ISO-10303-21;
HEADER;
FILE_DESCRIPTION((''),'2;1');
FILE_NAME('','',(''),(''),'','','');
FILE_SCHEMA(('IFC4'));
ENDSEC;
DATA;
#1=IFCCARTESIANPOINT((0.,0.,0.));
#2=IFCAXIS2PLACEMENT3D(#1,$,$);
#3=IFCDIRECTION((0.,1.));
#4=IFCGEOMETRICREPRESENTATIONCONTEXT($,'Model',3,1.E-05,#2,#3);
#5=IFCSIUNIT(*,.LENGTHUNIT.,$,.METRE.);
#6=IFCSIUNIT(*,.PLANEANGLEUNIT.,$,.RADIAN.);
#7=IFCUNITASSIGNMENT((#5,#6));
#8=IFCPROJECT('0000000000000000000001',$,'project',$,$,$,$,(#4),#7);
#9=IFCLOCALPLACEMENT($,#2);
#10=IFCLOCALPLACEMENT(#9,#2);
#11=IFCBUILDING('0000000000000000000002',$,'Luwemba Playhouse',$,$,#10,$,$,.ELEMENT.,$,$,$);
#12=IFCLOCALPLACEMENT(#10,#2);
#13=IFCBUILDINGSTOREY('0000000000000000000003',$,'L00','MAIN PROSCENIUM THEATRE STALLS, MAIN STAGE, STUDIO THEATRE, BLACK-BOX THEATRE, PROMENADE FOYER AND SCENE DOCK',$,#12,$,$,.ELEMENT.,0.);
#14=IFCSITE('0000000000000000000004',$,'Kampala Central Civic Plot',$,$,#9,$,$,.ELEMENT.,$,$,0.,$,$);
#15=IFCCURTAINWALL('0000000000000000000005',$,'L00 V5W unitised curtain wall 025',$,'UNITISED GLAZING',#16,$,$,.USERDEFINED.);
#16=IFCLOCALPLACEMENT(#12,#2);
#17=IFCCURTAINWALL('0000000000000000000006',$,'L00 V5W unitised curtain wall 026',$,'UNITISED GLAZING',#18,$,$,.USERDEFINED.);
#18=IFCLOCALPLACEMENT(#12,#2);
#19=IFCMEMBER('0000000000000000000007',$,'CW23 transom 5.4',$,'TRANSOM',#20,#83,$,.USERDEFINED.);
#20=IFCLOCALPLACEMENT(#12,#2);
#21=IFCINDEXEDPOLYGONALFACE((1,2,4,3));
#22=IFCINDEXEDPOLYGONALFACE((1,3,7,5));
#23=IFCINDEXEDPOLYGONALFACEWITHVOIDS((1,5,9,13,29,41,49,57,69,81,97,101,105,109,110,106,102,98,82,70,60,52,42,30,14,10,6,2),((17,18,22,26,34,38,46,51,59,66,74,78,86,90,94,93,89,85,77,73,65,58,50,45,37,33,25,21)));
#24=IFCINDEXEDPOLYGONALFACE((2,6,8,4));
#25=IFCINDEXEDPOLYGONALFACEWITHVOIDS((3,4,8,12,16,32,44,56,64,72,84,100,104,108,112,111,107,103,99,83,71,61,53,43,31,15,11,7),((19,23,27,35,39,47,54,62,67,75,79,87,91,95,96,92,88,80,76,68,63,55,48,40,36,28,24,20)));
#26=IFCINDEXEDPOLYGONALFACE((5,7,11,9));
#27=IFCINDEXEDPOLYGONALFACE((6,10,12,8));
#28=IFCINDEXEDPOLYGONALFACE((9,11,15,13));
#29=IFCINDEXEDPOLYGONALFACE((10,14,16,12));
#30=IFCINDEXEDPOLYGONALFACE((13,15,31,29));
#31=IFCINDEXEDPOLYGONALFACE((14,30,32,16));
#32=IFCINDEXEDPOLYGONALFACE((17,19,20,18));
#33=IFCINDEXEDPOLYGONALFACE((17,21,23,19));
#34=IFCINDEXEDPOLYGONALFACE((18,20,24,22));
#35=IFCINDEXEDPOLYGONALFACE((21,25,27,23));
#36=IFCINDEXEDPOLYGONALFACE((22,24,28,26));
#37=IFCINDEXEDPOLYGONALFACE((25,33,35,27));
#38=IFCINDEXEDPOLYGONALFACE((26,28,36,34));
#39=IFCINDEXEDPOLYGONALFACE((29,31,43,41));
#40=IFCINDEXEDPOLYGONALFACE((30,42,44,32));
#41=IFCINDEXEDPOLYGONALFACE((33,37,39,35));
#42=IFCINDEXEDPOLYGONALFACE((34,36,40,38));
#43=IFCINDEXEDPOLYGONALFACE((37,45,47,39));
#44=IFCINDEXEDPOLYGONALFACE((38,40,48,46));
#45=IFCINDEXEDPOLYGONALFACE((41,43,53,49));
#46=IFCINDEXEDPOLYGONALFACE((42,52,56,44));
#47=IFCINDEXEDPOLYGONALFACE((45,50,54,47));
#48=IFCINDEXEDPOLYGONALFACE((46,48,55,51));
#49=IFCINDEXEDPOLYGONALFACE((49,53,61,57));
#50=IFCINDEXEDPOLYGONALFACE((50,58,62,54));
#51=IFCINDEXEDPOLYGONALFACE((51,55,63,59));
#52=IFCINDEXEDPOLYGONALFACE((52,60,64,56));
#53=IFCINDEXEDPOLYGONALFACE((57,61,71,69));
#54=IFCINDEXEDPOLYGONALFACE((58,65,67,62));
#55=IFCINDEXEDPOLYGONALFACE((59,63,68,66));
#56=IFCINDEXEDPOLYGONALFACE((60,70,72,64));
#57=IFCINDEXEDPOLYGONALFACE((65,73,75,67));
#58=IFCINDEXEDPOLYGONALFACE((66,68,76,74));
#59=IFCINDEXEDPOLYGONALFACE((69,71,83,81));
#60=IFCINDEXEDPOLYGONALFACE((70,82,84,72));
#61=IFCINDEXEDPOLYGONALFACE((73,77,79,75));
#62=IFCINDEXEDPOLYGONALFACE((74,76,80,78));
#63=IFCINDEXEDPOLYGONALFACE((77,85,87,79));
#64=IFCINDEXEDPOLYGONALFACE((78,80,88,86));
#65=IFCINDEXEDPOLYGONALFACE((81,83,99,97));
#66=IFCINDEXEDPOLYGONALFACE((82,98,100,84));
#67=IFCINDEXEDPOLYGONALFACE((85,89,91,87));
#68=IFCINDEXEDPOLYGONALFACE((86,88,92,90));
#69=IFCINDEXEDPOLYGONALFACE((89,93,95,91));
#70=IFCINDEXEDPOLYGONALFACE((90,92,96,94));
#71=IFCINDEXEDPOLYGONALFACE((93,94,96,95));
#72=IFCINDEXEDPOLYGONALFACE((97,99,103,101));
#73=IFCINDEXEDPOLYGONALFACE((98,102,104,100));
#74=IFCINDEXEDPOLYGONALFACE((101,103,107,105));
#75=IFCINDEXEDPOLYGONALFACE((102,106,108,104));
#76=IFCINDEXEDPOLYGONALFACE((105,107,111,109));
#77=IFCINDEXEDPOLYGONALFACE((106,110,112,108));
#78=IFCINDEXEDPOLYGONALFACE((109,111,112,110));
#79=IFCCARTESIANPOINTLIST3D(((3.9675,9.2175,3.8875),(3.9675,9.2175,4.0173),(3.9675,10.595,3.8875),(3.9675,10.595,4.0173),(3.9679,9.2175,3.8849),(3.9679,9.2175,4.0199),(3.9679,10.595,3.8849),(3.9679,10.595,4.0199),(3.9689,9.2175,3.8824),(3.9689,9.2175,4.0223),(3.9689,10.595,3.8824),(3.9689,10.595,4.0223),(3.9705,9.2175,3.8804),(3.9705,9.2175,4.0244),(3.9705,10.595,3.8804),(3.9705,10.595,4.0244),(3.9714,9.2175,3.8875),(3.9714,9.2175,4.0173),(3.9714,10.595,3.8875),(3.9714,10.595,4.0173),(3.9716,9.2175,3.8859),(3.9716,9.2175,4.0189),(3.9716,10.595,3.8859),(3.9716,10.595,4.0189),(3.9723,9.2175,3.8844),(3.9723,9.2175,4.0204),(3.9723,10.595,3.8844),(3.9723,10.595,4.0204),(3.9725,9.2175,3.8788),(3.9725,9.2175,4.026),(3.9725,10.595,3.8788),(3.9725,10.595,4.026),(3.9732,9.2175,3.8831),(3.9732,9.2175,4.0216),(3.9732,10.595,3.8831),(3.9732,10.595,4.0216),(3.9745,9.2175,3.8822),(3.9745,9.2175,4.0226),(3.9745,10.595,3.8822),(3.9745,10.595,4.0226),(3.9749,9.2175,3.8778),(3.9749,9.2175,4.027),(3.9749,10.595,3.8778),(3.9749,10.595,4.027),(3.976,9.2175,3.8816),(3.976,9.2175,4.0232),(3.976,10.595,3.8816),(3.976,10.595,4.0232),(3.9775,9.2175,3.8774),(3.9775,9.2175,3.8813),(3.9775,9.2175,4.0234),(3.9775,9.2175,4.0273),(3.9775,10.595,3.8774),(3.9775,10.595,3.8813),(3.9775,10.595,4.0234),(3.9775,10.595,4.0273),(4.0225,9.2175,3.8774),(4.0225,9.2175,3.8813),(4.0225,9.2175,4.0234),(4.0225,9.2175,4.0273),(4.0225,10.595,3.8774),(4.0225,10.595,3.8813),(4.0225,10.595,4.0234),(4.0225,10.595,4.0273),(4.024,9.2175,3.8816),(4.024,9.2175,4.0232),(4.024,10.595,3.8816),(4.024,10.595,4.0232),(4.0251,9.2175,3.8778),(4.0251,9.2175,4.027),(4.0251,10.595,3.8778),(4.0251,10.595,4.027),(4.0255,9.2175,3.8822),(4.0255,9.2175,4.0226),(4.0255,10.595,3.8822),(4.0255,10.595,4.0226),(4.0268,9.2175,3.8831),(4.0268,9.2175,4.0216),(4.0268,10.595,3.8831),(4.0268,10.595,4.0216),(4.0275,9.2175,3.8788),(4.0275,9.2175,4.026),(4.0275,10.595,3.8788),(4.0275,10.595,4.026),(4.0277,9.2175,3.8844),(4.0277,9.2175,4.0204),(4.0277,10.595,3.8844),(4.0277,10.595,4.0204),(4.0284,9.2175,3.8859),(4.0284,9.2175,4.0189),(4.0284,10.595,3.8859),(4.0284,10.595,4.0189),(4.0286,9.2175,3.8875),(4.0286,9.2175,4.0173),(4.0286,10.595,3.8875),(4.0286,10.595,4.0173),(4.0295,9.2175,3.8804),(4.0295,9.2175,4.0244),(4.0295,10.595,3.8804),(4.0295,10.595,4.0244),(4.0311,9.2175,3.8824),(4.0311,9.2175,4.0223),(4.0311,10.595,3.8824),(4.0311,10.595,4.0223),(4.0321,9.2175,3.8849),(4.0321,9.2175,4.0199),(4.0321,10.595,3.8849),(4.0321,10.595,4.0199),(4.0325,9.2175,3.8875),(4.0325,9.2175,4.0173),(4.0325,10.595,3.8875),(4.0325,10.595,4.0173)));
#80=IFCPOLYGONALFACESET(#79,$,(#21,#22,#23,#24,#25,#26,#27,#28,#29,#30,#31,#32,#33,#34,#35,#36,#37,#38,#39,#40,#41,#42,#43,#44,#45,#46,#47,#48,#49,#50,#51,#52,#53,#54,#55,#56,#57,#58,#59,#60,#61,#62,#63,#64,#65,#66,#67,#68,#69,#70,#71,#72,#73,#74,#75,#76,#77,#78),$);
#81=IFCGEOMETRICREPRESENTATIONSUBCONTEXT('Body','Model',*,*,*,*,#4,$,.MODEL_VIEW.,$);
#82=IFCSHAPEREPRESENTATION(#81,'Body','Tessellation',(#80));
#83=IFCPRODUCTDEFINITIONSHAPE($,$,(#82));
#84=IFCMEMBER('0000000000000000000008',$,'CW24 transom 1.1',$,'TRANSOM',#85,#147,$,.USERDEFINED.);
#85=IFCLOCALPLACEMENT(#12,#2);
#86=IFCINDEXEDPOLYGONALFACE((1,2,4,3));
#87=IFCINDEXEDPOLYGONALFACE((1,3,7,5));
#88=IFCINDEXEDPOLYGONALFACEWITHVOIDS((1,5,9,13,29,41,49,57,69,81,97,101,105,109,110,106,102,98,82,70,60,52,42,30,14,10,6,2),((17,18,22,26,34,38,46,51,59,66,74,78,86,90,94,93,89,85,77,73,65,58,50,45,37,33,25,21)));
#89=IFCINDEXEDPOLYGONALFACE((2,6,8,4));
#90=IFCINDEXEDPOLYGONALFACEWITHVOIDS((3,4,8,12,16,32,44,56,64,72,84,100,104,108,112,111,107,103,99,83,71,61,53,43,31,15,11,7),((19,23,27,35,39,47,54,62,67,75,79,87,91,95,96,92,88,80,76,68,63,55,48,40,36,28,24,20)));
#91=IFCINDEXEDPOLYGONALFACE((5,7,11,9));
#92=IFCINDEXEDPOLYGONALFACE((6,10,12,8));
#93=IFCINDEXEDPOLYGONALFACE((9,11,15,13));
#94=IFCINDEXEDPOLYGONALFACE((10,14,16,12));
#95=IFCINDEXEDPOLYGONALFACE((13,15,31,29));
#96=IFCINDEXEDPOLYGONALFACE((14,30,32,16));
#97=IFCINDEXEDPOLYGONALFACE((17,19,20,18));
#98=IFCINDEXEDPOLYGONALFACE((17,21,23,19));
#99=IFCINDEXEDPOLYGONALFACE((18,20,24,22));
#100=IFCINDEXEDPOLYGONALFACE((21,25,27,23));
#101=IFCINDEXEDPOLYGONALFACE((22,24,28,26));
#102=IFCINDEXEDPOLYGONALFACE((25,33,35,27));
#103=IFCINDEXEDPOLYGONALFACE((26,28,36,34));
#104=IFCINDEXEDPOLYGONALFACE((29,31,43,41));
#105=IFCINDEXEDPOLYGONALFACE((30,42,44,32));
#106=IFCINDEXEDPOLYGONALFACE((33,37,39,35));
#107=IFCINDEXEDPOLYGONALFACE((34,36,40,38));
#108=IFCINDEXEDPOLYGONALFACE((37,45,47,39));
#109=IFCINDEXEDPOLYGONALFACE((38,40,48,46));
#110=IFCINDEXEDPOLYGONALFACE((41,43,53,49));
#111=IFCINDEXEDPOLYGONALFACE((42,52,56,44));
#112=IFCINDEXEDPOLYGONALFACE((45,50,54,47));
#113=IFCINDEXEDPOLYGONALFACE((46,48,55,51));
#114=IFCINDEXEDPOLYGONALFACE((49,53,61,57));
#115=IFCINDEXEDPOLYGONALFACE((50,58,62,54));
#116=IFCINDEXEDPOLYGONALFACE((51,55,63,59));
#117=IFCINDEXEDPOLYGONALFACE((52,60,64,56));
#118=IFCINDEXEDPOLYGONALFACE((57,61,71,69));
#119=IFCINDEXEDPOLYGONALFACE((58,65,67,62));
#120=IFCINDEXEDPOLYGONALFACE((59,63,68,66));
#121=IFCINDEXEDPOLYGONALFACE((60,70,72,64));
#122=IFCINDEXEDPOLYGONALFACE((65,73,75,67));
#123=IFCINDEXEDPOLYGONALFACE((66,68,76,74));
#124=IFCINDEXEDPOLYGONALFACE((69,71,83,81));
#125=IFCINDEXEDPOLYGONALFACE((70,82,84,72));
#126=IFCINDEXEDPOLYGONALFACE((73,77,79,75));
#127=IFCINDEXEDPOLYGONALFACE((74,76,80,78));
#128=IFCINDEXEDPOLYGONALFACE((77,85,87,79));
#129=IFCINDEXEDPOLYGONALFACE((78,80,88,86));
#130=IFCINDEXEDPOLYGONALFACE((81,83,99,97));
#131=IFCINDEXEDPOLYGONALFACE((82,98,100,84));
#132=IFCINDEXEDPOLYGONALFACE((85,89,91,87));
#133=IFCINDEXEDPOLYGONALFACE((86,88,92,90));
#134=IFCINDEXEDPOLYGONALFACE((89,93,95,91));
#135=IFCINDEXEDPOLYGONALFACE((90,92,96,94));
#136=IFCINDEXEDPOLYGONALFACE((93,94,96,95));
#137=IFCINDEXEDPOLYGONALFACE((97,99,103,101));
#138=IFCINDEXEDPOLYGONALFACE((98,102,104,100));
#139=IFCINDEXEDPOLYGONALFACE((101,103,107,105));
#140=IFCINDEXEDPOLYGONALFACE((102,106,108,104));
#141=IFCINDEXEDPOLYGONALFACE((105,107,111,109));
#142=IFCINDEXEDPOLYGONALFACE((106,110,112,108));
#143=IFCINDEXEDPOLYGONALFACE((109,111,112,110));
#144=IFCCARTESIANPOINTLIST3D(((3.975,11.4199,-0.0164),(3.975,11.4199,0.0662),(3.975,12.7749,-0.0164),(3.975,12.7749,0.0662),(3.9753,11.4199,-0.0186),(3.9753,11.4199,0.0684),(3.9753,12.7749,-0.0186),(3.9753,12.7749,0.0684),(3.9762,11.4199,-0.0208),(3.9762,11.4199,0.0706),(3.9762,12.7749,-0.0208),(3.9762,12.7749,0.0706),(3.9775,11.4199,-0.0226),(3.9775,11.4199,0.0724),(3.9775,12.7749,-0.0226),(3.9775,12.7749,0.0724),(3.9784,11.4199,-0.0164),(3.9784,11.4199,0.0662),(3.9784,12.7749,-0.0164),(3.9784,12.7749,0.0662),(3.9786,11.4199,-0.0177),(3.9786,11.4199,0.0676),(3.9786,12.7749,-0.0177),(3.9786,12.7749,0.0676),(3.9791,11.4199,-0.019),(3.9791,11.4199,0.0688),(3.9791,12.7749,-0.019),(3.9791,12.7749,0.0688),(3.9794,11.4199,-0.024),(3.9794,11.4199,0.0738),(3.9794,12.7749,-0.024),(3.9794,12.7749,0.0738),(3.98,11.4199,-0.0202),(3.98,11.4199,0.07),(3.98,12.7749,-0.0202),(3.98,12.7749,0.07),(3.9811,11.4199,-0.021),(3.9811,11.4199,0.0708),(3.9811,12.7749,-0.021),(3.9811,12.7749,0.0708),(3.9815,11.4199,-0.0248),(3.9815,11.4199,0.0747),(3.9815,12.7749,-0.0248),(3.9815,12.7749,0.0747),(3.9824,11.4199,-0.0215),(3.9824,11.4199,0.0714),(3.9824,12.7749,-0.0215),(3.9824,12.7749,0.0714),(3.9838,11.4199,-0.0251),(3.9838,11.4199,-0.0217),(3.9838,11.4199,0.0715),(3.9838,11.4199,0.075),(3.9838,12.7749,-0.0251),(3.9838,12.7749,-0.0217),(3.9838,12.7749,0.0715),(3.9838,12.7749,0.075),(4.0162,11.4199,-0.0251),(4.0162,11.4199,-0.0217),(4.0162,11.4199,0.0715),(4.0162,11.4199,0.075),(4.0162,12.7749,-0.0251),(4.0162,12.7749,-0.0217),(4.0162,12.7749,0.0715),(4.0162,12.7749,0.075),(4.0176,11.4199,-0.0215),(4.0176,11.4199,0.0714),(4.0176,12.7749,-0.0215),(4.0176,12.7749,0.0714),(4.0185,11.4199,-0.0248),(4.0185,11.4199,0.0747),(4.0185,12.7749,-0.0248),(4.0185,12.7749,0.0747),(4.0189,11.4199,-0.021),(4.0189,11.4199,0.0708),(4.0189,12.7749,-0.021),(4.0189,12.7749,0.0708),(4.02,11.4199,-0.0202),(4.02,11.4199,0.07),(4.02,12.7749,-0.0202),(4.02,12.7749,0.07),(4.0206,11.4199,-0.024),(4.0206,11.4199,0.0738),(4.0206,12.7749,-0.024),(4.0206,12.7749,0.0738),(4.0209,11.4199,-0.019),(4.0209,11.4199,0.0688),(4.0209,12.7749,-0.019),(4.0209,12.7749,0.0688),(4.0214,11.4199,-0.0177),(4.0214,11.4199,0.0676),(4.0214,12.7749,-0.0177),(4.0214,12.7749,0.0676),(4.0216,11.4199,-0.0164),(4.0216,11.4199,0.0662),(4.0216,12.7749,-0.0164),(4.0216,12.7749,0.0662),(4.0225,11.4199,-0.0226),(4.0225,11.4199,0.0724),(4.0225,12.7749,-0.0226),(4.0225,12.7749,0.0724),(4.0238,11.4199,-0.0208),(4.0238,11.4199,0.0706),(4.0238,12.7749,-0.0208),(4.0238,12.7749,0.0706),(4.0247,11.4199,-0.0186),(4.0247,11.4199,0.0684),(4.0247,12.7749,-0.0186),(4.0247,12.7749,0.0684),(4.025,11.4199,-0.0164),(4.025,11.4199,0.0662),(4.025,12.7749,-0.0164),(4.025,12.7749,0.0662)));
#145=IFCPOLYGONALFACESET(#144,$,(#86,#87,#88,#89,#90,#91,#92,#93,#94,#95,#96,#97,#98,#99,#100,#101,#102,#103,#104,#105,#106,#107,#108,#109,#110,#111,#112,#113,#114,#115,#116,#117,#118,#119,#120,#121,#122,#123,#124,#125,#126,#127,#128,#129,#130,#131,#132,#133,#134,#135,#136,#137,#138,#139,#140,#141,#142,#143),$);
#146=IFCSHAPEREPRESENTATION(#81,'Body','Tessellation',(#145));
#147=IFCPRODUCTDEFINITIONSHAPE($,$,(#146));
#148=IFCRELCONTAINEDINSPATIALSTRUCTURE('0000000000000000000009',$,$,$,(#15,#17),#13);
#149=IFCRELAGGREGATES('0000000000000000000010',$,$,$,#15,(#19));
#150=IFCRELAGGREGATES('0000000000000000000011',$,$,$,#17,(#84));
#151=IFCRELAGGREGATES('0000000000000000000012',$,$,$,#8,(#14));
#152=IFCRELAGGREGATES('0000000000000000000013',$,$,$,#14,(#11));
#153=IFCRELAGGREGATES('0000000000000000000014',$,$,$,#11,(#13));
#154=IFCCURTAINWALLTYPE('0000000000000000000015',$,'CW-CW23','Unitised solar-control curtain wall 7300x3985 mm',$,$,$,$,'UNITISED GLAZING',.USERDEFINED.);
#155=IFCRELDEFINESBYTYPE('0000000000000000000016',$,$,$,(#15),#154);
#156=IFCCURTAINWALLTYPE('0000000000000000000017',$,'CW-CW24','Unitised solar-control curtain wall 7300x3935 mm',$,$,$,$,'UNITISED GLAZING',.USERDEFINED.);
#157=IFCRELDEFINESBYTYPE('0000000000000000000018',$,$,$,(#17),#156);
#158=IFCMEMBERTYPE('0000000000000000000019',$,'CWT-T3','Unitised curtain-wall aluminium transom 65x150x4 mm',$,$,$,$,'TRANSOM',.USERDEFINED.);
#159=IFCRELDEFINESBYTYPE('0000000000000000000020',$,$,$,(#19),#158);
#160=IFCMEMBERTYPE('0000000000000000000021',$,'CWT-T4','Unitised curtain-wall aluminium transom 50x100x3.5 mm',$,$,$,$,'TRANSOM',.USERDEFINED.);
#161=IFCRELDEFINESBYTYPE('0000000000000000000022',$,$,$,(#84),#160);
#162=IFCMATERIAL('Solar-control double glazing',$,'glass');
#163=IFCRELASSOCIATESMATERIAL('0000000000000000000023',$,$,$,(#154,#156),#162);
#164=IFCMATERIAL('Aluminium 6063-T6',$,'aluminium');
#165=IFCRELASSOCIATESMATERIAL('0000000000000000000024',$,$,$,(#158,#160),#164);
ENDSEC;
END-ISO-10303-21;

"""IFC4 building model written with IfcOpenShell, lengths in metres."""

from ifc_helpers import new_model, si_unit, direction, frame, origin, origin_2d, place, context, subcontext, project, spatial, hollow_rectangle, extrude, material, material_profile, profile_set, type_object, element, aggregate, save


model = new_model("IFC4")

# Units and contexts
model_context = context("Model", 3, precision=1e-05, world=origin(), true_north=direction((0.0, 1.0)))
body_context = subcontext(model_context, "Body", "Model", "MODEL_VIEW")
ifc_project = project(units=[si_unit("LENGTHUNIT", "METRE"), si_unit("PLANEANGLEUNIT", "RADIAN")], contexts=[model_context])

# Site, building, storey
site_placement = place(None, origin())
site = spatial("IfcSite", under=ifc_project, at=site_placement, Name="Kampala Central Civic Plot", CompositionType="ELEMENT", RefElevation=0.0)
building_placement = place(site_placement, origin())
building = spatial("IfcBuilding", under=site, at=building_placement, Name="Luwemba Playhouse", CompositionType="ELEMENT")
storey_placement = place(building_placement, origin())
storey = spatial("IfcBuildingStorey", under=building, at=storey_placement, Name="L00", Description="MAIN PROSCENIUM THEATRE STALLS, MAIN STAGE, STUDIO THEATRE, BLACK-BOX THEATRE, PROMENADE FOYER AND SCENE DOCK", CompositionType="ELEMENT", Elevation=0.0)

# Curtain walls
ifc_material_1 = material(Name="Solar-control double glazing", Category="glass")
curtain_wall_type_1 = type_object("IfcCurtainWallType", Name="CW-CW23", Description="Unitised solar-control curtain wall 7300x3985 mm", ElementType="UNITISED GLAZING", PredefinedType="USERDEFINED", material=ifc_material_1)
curtain_wall_1_placement = place(storey_placement, origin())
curtain_wall_1 = element("IfcCurtainWall", 1, at=curtain_wall_1_placement, inside=storey, type_object=curtain_wall_type_1, Name="L00 V5W unitised curtain wall 025", ObjectType="UNITISED GLAZING", PredefinedType="USERDEFINED")
ifc_material_2 = material(Name="Aluminium 6063-T6", Category="aluminium")
curtain_wall_type_2 = type_object("IfcCurtainWallType", Name="CW-CW24", Description="Unitised solar-control curtain wall 7300x3935 mm", ElementType="UNITISED GLAZING", PredefinedType="USERDEFINED", material=ifc_material_1)
curtain_wall_2_placement = place(storey_placement, origin())
curtain_wall_2 = element("IfcCurtainWall", 2, at=curtain_wall_2_placement, inside=storey, type_object=curtain_wall_type_2, Name="L00 V5W unitised curtain wall 026", ObjectType="UNITISED GLAZING", PredefinedType="USERDEFINED")

# Members
ifc_material_profile_1 = material_profile(ifc_material_2, hollow_rectangle(XDim=0.0649, YDim=0.1499, WallThickness=0.0039, InnerFilletRadius=0.0061, OuterFilletRadius=0.01, at=origin_2d()))
ifc_profile_set_1 = profile_set([ifc_material_profile_1], Name="Aluminium 6063-T6")
member_type_1 = type_object("IfcMemberType", Name="CWT-T3", Description="Unitised curtain-wall aluminium transom 65x150x4 mm", ElementType="TRANSOM", PredefinedType="USERDEFINED", material=ifc_profile_set_1)
member_1_placement = place(storey_placement, frame((4.0, 9.2175, 3.9524), z_axis=(0.0, 1.0, 0.0), x_axis=(-1.0, 0.0, 0.0)))
member_1 = element("IfcMember", 3, at=member_1_placement, type_object=member_type_1, Name="CW23 transom 5.4", ObjectType="TRANSOM", PredefinedType="USERDEFINED", context=body_context, shape_type="SweptSolid", body=[
    extrude(hollow_rectangle(XDim=0.0649, YDim=0.1499, WallThickness=0.0039, InnerFilletRadius=0.0061, OuterFilletRadius=0.01, at=origin_2d()), origin(), (0.0, 0.0, 1.0), 1.3774),
])
ifc_material_profile_2 = material_profile(ifc_material_2, hollow_rectangle(XDim=0.05, YDim=0.1001, WallThickness=0.0034, InnerFilletRadius=0.0054, OuterFilletRadius=0.0088, at=origin_2d()))
ifc_profile_set_2 = profile_set([ifc_material_profile_2], Name="Aluminium 6063-T6")
member_type_2 = type_object("IfcMemberType", Name="CWT-T4", Description="Unitised curtain-wall aluminium transom 50x100x3.5 mm", ElementType="TRANSOM", PredefinedType="USERDEFINED", material=ifc_profile_set_2)
member_2_placement = place(storey_placement, frame((4.0, 11.4199, 0.0249), z_axis=(0.0, 1.0, 0.0), x_axis=(-1.0, 0.0, 0.0)))
member_2 = element("IfcMember", 4, at=member_2_placement, type_object=member_type_2, Name="CW24 transom 1.1", ObjectType="TRANSOM", PredefinedType="USERDEFINED", context=body_context, shape_type="SweptSolid", body=[
    extrude(hollow_rectangle(XDim=0.05, YDim=0.1001, WallThickness=0.0034, InnerFilletRadius=0.0054, OuterFilletRadius=0.0088, at=origin_2d()), origin(), (0.0, 0.0, 1.0), 1.355),
])

aggregate(curtain_wall_1, [member_1])
aggregate(curtain_wall_2, [member_2])

save(model, "model.ifc")
